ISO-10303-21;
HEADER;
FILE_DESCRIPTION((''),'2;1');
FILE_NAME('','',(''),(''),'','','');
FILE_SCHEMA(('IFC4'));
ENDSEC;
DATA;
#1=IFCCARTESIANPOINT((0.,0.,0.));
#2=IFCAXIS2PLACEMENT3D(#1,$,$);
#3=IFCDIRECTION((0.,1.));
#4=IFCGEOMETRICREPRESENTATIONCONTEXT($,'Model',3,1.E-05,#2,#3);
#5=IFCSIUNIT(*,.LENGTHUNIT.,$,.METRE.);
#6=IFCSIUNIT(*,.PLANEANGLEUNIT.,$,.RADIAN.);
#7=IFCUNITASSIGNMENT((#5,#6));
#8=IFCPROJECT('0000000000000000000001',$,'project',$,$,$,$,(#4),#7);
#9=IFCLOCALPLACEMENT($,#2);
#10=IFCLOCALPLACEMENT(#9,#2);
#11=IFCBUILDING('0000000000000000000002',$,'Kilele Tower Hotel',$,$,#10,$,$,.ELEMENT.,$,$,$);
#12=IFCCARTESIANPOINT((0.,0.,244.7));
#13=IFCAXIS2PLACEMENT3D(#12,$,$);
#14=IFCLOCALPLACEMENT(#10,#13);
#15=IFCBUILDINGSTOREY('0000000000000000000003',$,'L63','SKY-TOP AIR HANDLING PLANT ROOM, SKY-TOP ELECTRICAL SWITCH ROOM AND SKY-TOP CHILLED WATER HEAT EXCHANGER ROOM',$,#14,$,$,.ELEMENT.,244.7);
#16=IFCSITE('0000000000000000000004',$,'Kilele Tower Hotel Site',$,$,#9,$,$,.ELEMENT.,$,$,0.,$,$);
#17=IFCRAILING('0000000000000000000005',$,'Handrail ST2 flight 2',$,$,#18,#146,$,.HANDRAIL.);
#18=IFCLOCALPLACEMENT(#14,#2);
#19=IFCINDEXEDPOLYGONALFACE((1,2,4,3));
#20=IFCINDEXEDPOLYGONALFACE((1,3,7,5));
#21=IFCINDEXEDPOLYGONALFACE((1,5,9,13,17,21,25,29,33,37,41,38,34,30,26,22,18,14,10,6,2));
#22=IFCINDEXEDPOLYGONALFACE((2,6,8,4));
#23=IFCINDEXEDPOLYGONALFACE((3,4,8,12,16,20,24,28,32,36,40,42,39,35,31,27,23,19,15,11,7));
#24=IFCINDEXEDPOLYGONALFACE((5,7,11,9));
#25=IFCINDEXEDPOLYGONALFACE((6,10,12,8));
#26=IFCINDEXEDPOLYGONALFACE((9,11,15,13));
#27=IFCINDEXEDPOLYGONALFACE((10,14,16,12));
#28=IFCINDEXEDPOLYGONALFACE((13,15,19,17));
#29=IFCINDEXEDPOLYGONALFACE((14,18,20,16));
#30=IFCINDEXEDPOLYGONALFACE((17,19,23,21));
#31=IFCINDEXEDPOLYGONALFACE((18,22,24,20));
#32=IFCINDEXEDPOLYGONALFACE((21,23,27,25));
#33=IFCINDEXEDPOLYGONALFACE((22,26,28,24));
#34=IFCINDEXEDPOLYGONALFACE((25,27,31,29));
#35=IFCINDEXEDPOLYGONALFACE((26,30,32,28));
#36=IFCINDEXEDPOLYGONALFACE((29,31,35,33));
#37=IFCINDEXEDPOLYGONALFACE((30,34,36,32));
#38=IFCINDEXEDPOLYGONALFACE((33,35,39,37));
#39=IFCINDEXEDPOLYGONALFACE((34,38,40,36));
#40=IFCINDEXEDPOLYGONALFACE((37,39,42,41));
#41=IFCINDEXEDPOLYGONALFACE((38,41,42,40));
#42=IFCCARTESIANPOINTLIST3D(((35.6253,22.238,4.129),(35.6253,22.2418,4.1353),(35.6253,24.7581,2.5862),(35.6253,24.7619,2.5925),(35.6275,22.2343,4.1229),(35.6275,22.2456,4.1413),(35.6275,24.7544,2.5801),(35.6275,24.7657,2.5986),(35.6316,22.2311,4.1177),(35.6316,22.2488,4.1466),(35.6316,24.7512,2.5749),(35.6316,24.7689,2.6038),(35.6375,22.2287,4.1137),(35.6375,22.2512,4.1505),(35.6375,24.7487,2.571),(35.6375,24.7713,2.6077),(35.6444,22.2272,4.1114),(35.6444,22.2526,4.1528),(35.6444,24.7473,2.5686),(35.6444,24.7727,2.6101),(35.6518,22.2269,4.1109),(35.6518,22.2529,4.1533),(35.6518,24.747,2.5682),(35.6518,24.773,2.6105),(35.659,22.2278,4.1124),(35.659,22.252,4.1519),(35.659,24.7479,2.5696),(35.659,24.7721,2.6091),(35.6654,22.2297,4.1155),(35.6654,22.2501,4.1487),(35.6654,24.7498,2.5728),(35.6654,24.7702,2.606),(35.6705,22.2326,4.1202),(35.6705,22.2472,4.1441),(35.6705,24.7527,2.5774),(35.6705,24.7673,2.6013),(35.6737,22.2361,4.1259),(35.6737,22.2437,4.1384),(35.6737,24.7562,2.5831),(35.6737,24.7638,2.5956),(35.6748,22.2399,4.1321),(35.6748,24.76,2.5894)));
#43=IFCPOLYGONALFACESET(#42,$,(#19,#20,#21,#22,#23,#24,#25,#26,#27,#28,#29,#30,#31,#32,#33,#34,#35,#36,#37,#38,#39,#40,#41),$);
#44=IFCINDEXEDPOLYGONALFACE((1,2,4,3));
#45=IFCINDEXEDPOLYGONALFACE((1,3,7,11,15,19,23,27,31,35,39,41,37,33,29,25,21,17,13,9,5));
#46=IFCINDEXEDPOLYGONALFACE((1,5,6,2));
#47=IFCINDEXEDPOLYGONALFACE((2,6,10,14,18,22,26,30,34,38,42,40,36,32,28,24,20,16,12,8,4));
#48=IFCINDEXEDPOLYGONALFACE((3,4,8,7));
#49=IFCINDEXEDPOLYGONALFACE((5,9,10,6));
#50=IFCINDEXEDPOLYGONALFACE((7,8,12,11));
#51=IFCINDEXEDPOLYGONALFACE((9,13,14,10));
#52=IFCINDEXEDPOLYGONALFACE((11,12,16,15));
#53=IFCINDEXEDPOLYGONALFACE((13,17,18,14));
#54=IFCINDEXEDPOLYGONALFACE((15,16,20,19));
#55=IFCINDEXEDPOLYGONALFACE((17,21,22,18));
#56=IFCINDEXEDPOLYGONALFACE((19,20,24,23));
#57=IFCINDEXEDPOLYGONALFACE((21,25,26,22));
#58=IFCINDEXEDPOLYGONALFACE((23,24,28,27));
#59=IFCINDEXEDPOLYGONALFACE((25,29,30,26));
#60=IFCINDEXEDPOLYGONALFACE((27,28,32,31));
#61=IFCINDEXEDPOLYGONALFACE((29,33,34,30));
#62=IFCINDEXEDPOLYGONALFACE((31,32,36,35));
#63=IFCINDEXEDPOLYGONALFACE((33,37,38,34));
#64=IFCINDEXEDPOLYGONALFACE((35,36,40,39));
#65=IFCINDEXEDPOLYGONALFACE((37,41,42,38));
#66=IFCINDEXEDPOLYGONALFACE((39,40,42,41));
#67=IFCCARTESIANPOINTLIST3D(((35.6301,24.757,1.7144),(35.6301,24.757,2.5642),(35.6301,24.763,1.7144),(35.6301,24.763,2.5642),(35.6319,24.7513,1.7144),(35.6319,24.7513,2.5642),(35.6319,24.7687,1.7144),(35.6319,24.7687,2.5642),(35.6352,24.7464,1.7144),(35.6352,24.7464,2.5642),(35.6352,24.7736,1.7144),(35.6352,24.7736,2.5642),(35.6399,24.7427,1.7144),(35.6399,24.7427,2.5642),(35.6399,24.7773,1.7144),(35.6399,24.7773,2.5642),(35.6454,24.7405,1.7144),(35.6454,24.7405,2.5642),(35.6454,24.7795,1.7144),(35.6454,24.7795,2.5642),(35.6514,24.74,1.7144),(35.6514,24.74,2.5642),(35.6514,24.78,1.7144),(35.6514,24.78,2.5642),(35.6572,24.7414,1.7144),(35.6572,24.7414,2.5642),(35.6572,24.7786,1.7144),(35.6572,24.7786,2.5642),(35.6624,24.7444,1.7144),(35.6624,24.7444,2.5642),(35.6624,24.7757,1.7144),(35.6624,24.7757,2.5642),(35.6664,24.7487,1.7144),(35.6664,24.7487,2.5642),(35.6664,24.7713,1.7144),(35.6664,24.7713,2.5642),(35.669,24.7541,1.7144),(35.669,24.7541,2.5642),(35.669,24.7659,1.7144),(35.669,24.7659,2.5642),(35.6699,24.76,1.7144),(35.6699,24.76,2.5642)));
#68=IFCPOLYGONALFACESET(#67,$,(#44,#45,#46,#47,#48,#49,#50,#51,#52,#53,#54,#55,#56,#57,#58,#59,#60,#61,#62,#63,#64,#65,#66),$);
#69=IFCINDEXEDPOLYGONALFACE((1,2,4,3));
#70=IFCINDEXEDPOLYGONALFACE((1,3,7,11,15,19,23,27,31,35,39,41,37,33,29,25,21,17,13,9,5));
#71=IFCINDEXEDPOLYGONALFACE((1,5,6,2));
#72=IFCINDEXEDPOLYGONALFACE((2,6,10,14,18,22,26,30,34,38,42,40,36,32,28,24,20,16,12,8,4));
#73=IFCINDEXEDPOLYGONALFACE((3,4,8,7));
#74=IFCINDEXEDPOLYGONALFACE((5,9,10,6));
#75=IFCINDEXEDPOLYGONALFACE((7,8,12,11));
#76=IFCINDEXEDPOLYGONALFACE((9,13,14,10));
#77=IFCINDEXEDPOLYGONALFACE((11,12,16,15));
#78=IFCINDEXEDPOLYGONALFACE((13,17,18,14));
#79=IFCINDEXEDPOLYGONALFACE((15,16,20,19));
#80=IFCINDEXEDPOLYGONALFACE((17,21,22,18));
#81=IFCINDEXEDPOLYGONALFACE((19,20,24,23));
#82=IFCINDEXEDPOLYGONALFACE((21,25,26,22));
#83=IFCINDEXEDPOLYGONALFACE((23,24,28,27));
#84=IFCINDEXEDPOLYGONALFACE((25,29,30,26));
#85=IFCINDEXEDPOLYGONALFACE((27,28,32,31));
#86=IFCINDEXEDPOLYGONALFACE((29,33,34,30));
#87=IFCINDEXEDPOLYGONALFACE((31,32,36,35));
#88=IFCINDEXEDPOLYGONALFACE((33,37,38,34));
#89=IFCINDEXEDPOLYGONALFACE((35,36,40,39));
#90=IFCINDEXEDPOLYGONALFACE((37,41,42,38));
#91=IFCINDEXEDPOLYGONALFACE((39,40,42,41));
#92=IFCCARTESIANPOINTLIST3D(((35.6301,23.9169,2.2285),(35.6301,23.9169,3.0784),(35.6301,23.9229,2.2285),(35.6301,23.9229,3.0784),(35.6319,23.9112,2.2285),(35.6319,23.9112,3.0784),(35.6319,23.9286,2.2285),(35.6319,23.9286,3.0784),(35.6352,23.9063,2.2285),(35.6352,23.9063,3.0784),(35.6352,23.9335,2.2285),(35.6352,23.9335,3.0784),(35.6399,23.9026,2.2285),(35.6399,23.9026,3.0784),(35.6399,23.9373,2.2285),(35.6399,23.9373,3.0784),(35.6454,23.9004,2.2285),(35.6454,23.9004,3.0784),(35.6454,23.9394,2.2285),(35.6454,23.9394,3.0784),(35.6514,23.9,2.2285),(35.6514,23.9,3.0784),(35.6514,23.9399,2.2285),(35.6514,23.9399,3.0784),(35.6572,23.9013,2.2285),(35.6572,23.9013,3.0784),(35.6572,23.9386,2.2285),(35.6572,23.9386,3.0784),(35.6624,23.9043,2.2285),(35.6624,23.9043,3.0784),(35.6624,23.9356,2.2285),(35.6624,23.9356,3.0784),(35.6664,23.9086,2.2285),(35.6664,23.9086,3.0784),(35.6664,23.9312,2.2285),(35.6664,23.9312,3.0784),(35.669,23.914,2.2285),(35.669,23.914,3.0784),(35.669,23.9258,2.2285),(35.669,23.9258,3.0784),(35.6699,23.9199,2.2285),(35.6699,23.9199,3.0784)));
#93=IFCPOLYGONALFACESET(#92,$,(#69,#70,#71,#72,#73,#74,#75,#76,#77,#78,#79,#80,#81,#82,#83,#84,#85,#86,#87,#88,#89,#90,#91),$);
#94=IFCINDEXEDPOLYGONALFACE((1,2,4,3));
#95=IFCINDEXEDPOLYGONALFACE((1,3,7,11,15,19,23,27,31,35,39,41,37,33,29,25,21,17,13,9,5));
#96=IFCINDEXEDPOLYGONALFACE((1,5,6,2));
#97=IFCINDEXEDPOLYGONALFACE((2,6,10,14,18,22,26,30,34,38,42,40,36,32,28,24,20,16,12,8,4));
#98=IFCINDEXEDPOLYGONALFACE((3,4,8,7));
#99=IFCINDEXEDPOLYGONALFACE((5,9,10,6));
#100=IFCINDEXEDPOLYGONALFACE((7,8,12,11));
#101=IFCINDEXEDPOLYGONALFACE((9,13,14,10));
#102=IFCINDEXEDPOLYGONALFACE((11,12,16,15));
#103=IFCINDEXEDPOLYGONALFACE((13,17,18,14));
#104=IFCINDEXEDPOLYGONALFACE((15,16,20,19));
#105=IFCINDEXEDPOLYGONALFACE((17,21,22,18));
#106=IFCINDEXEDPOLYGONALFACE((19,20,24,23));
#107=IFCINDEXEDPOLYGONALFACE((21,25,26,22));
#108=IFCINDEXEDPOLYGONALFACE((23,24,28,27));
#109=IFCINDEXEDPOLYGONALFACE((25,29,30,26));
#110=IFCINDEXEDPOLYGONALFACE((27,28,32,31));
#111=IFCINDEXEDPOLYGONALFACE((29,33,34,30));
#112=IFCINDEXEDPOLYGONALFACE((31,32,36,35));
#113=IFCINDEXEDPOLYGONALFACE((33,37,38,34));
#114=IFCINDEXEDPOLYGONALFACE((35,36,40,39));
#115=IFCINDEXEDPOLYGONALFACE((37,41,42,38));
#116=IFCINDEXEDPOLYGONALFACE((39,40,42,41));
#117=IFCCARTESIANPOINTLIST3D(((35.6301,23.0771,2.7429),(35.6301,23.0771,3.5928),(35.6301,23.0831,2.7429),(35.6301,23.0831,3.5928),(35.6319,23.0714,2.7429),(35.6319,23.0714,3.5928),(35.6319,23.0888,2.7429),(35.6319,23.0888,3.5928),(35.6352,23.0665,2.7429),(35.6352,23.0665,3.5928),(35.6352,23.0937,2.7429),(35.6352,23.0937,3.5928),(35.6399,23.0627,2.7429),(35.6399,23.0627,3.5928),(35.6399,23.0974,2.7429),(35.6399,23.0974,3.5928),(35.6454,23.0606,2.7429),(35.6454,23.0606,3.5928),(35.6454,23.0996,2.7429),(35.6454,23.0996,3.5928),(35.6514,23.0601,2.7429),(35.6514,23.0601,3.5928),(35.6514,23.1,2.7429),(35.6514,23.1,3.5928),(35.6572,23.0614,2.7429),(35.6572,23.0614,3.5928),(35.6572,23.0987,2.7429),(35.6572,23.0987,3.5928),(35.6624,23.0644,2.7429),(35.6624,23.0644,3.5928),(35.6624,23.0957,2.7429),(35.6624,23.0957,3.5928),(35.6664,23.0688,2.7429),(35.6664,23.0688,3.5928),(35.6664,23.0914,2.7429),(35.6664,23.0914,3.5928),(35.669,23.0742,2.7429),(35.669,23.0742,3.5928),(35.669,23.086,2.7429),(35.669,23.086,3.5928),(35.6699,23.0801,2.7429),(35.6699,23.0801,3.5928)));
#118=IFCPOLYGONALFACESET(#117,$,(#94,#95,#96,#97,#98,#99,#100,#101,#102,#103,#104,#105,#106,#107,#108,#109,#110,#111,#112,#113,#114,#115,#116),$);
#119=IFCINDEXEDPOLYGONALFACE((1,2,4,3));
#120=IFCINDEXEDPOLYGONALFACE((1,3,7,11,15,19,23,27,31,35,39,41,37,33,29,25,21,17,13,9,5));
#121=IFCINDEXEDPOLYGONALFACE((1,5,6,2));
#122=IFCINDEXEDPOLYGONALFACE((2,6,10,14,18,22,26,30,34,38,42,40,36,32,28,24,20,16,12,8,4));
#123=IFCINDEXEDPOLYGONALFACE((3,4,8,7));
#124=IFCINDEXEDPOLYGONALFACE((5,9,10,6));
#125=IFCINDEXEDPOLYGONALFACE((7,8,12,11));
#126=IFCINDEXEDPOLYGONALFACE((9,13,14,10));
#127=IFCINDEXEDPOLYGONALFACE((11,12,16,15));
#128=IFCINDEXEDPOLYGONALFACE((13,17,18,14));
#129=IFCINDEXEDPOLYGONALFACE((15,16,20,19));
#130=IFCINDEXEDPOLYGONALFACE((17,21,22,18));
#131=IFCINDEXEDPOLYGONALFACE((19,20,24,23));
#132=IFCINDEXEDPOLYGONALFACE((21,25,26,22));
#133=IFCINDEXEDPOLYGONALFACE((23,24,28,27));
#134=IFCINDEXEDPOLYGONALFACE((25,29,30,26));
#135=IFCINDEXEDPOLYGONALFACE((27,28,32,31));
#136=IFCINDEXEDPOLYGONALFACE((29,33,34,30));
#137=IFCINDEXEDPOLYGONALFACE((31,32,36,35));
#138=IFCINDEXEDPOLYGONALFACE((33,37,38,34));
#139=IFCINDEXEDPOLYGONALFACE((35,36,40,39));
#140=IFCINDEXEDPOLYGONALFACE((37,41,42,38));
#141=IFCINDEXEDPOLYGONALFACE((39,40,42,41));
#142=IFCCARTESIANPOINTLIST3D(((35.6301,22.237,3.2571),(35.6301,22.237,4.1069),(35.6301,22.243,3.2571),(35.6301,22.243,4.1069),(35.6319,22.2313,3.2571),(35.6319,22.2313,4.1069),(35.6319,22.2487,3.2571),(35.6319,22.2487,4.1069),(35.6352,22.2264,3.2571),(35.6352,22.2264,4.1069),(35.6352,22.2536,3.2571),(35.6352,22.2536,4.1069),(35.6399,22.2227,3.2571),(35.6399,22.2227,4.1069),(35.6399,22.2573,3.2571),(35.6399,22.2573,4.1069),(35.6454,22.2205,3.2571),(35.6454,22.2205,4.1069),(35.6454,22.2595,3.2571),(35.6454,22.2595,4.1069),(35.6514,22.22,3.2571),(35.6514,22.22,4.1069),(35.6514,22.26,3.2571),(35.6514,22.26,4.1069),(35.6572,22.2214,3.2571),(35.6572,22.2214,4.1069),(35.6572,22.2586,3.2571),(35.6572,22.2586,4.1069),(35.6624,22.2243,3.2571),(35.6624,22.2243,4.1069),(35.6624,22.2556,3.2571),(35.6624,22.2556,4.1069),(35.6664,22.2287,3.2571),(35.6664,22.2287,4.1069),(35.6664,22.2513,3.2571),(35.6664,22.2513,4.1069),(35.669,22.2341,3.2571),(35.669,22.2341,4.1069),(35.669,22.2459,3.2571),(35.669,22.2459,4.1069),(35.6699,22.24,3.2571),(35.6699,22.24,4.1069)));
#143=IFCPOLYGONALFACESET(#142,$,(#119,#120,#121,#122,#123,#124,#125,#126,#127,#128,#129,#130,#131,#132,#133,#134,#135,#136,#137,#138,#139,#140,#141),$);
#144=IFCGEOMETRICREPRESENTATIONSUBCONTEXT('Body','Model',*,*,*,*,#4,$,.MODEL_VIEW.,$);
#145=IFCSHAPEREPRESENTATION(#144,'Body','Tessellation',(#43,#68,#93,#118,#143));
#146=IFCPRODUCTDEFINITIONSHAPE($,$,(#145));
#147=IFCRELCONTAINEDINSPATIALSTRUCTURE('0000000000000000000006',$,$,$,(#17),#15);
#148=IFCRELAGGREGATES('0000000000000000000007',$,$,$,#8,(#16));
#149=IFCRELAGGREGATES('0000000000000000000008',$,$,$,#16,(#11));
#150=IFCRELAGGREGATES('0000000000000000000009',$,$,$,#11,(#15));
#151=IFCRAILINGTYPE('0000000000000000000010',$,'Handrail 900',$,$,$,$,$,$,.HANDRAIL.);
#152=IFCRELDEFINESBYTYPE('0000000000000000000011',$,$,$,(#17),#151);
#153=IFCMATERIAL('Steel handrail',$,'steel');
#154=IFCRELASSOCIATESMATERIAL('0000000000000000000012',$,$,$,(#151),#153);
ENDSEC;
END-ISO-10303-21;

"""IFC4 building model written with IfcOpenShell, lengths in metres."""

from ifc_helpers import new_model, si_unit, direction, frame, origin, origin_2d, place, context, subcontext, project, spatial, circle, extrude, material, type_object, element, save


model = new_model("IFC4")

# Units and contexts
model_context = context("Model", 3, precision=1e-05, world=origin(), true_north=direction((0.0, 1.0)))
body_context = subcontext(model_context, "Body", "Model", "MODEL_VIEW")
ifc_project = project(units=[si_unit("LENGTHUNIT", "METRE"), si_unit("PLANEANGLEUNIT", "RADIAN")], contexts=[model_context])

# Site, building, storey
site_placement = place(None, origin())
site = spatial("IfcSite", under=ifc_project, at=site_placement, Name="Kilele Tower Hotel Site", CompositionType="ELEMENT", RefElevation=0.0)
building_placement = place(site_placement, origin())
building = spatial("IfcBuilding", under=site, at=building_placement, Name="Kilele Tower Hotel", CompositionType="ELEMENT")
storey_placement = place(building_placement, frame((0.0, 0.0, 244.7)))
storey = spatial("IfcBuildingStorey", under=building, at=storey_placement, Name="L63", Description="SKY-TOP AIR HANDLING PLANT ROOM, SKY-TOP ELECTRICAL SWITCH ROOM AND SKY-TOP CHILLED WATER HEAT EXCHANGER ROOM", CompositionType="ELEMENT", Elevation=244.7)

# Railing
ifc_material_1 = material(Name="Steel handrail", Category="steel")
railing_type_1 = type_object("IfcRailingType", Name="Handrail 900", PredefinedType="HANDRAIL", material=ifc_material_1)
for number, where, name in (
    (1, (35.6499, 24.76, 1.7144), "Handrail ST2 flight 2"),
):
    element("IfcRailing", number, at=place(storey_placement, frame(where)), inside=storey, type_object=railing_type_1, Name=name, PredefinedType="HANDRAIL", context=body_context, shape_type="SweptSolid", body=[
        extrude(circle(Radius=0.0249, at=origin_2d()), frame((0.0, 0.0, 0.875), z_axis=(0.0, -0.852873, 0.522118), x_axis=(1.0, 0.0, 0.0)), (0.0, 0.0, 1.0), 2.9548),
        extrude(circle(Radius=0.02, at=origin_2d()), origin(), (0.0, 0.0, 1.0), 0.8499),
        extrude(circle(Radius=0.02, at=origin_2d()), frame((0.0, -0.8401, 0.5142)), (0.0, 0.0, 1.0), 0.8499),
        extrude(circle(Radius=0.02, at=origin_2d()), frame((0.0, -1.6799, 1.0286)), (0.0, 0.0, 1.0), 0.8499),
        extrude(circle(Radius=0.02, at=origin_2d()), frame((0.0, -2.52, 1.5427)), (0.0, 0.0, 1.0), 0.8499),
    ])

save(model, "model.ifc")
